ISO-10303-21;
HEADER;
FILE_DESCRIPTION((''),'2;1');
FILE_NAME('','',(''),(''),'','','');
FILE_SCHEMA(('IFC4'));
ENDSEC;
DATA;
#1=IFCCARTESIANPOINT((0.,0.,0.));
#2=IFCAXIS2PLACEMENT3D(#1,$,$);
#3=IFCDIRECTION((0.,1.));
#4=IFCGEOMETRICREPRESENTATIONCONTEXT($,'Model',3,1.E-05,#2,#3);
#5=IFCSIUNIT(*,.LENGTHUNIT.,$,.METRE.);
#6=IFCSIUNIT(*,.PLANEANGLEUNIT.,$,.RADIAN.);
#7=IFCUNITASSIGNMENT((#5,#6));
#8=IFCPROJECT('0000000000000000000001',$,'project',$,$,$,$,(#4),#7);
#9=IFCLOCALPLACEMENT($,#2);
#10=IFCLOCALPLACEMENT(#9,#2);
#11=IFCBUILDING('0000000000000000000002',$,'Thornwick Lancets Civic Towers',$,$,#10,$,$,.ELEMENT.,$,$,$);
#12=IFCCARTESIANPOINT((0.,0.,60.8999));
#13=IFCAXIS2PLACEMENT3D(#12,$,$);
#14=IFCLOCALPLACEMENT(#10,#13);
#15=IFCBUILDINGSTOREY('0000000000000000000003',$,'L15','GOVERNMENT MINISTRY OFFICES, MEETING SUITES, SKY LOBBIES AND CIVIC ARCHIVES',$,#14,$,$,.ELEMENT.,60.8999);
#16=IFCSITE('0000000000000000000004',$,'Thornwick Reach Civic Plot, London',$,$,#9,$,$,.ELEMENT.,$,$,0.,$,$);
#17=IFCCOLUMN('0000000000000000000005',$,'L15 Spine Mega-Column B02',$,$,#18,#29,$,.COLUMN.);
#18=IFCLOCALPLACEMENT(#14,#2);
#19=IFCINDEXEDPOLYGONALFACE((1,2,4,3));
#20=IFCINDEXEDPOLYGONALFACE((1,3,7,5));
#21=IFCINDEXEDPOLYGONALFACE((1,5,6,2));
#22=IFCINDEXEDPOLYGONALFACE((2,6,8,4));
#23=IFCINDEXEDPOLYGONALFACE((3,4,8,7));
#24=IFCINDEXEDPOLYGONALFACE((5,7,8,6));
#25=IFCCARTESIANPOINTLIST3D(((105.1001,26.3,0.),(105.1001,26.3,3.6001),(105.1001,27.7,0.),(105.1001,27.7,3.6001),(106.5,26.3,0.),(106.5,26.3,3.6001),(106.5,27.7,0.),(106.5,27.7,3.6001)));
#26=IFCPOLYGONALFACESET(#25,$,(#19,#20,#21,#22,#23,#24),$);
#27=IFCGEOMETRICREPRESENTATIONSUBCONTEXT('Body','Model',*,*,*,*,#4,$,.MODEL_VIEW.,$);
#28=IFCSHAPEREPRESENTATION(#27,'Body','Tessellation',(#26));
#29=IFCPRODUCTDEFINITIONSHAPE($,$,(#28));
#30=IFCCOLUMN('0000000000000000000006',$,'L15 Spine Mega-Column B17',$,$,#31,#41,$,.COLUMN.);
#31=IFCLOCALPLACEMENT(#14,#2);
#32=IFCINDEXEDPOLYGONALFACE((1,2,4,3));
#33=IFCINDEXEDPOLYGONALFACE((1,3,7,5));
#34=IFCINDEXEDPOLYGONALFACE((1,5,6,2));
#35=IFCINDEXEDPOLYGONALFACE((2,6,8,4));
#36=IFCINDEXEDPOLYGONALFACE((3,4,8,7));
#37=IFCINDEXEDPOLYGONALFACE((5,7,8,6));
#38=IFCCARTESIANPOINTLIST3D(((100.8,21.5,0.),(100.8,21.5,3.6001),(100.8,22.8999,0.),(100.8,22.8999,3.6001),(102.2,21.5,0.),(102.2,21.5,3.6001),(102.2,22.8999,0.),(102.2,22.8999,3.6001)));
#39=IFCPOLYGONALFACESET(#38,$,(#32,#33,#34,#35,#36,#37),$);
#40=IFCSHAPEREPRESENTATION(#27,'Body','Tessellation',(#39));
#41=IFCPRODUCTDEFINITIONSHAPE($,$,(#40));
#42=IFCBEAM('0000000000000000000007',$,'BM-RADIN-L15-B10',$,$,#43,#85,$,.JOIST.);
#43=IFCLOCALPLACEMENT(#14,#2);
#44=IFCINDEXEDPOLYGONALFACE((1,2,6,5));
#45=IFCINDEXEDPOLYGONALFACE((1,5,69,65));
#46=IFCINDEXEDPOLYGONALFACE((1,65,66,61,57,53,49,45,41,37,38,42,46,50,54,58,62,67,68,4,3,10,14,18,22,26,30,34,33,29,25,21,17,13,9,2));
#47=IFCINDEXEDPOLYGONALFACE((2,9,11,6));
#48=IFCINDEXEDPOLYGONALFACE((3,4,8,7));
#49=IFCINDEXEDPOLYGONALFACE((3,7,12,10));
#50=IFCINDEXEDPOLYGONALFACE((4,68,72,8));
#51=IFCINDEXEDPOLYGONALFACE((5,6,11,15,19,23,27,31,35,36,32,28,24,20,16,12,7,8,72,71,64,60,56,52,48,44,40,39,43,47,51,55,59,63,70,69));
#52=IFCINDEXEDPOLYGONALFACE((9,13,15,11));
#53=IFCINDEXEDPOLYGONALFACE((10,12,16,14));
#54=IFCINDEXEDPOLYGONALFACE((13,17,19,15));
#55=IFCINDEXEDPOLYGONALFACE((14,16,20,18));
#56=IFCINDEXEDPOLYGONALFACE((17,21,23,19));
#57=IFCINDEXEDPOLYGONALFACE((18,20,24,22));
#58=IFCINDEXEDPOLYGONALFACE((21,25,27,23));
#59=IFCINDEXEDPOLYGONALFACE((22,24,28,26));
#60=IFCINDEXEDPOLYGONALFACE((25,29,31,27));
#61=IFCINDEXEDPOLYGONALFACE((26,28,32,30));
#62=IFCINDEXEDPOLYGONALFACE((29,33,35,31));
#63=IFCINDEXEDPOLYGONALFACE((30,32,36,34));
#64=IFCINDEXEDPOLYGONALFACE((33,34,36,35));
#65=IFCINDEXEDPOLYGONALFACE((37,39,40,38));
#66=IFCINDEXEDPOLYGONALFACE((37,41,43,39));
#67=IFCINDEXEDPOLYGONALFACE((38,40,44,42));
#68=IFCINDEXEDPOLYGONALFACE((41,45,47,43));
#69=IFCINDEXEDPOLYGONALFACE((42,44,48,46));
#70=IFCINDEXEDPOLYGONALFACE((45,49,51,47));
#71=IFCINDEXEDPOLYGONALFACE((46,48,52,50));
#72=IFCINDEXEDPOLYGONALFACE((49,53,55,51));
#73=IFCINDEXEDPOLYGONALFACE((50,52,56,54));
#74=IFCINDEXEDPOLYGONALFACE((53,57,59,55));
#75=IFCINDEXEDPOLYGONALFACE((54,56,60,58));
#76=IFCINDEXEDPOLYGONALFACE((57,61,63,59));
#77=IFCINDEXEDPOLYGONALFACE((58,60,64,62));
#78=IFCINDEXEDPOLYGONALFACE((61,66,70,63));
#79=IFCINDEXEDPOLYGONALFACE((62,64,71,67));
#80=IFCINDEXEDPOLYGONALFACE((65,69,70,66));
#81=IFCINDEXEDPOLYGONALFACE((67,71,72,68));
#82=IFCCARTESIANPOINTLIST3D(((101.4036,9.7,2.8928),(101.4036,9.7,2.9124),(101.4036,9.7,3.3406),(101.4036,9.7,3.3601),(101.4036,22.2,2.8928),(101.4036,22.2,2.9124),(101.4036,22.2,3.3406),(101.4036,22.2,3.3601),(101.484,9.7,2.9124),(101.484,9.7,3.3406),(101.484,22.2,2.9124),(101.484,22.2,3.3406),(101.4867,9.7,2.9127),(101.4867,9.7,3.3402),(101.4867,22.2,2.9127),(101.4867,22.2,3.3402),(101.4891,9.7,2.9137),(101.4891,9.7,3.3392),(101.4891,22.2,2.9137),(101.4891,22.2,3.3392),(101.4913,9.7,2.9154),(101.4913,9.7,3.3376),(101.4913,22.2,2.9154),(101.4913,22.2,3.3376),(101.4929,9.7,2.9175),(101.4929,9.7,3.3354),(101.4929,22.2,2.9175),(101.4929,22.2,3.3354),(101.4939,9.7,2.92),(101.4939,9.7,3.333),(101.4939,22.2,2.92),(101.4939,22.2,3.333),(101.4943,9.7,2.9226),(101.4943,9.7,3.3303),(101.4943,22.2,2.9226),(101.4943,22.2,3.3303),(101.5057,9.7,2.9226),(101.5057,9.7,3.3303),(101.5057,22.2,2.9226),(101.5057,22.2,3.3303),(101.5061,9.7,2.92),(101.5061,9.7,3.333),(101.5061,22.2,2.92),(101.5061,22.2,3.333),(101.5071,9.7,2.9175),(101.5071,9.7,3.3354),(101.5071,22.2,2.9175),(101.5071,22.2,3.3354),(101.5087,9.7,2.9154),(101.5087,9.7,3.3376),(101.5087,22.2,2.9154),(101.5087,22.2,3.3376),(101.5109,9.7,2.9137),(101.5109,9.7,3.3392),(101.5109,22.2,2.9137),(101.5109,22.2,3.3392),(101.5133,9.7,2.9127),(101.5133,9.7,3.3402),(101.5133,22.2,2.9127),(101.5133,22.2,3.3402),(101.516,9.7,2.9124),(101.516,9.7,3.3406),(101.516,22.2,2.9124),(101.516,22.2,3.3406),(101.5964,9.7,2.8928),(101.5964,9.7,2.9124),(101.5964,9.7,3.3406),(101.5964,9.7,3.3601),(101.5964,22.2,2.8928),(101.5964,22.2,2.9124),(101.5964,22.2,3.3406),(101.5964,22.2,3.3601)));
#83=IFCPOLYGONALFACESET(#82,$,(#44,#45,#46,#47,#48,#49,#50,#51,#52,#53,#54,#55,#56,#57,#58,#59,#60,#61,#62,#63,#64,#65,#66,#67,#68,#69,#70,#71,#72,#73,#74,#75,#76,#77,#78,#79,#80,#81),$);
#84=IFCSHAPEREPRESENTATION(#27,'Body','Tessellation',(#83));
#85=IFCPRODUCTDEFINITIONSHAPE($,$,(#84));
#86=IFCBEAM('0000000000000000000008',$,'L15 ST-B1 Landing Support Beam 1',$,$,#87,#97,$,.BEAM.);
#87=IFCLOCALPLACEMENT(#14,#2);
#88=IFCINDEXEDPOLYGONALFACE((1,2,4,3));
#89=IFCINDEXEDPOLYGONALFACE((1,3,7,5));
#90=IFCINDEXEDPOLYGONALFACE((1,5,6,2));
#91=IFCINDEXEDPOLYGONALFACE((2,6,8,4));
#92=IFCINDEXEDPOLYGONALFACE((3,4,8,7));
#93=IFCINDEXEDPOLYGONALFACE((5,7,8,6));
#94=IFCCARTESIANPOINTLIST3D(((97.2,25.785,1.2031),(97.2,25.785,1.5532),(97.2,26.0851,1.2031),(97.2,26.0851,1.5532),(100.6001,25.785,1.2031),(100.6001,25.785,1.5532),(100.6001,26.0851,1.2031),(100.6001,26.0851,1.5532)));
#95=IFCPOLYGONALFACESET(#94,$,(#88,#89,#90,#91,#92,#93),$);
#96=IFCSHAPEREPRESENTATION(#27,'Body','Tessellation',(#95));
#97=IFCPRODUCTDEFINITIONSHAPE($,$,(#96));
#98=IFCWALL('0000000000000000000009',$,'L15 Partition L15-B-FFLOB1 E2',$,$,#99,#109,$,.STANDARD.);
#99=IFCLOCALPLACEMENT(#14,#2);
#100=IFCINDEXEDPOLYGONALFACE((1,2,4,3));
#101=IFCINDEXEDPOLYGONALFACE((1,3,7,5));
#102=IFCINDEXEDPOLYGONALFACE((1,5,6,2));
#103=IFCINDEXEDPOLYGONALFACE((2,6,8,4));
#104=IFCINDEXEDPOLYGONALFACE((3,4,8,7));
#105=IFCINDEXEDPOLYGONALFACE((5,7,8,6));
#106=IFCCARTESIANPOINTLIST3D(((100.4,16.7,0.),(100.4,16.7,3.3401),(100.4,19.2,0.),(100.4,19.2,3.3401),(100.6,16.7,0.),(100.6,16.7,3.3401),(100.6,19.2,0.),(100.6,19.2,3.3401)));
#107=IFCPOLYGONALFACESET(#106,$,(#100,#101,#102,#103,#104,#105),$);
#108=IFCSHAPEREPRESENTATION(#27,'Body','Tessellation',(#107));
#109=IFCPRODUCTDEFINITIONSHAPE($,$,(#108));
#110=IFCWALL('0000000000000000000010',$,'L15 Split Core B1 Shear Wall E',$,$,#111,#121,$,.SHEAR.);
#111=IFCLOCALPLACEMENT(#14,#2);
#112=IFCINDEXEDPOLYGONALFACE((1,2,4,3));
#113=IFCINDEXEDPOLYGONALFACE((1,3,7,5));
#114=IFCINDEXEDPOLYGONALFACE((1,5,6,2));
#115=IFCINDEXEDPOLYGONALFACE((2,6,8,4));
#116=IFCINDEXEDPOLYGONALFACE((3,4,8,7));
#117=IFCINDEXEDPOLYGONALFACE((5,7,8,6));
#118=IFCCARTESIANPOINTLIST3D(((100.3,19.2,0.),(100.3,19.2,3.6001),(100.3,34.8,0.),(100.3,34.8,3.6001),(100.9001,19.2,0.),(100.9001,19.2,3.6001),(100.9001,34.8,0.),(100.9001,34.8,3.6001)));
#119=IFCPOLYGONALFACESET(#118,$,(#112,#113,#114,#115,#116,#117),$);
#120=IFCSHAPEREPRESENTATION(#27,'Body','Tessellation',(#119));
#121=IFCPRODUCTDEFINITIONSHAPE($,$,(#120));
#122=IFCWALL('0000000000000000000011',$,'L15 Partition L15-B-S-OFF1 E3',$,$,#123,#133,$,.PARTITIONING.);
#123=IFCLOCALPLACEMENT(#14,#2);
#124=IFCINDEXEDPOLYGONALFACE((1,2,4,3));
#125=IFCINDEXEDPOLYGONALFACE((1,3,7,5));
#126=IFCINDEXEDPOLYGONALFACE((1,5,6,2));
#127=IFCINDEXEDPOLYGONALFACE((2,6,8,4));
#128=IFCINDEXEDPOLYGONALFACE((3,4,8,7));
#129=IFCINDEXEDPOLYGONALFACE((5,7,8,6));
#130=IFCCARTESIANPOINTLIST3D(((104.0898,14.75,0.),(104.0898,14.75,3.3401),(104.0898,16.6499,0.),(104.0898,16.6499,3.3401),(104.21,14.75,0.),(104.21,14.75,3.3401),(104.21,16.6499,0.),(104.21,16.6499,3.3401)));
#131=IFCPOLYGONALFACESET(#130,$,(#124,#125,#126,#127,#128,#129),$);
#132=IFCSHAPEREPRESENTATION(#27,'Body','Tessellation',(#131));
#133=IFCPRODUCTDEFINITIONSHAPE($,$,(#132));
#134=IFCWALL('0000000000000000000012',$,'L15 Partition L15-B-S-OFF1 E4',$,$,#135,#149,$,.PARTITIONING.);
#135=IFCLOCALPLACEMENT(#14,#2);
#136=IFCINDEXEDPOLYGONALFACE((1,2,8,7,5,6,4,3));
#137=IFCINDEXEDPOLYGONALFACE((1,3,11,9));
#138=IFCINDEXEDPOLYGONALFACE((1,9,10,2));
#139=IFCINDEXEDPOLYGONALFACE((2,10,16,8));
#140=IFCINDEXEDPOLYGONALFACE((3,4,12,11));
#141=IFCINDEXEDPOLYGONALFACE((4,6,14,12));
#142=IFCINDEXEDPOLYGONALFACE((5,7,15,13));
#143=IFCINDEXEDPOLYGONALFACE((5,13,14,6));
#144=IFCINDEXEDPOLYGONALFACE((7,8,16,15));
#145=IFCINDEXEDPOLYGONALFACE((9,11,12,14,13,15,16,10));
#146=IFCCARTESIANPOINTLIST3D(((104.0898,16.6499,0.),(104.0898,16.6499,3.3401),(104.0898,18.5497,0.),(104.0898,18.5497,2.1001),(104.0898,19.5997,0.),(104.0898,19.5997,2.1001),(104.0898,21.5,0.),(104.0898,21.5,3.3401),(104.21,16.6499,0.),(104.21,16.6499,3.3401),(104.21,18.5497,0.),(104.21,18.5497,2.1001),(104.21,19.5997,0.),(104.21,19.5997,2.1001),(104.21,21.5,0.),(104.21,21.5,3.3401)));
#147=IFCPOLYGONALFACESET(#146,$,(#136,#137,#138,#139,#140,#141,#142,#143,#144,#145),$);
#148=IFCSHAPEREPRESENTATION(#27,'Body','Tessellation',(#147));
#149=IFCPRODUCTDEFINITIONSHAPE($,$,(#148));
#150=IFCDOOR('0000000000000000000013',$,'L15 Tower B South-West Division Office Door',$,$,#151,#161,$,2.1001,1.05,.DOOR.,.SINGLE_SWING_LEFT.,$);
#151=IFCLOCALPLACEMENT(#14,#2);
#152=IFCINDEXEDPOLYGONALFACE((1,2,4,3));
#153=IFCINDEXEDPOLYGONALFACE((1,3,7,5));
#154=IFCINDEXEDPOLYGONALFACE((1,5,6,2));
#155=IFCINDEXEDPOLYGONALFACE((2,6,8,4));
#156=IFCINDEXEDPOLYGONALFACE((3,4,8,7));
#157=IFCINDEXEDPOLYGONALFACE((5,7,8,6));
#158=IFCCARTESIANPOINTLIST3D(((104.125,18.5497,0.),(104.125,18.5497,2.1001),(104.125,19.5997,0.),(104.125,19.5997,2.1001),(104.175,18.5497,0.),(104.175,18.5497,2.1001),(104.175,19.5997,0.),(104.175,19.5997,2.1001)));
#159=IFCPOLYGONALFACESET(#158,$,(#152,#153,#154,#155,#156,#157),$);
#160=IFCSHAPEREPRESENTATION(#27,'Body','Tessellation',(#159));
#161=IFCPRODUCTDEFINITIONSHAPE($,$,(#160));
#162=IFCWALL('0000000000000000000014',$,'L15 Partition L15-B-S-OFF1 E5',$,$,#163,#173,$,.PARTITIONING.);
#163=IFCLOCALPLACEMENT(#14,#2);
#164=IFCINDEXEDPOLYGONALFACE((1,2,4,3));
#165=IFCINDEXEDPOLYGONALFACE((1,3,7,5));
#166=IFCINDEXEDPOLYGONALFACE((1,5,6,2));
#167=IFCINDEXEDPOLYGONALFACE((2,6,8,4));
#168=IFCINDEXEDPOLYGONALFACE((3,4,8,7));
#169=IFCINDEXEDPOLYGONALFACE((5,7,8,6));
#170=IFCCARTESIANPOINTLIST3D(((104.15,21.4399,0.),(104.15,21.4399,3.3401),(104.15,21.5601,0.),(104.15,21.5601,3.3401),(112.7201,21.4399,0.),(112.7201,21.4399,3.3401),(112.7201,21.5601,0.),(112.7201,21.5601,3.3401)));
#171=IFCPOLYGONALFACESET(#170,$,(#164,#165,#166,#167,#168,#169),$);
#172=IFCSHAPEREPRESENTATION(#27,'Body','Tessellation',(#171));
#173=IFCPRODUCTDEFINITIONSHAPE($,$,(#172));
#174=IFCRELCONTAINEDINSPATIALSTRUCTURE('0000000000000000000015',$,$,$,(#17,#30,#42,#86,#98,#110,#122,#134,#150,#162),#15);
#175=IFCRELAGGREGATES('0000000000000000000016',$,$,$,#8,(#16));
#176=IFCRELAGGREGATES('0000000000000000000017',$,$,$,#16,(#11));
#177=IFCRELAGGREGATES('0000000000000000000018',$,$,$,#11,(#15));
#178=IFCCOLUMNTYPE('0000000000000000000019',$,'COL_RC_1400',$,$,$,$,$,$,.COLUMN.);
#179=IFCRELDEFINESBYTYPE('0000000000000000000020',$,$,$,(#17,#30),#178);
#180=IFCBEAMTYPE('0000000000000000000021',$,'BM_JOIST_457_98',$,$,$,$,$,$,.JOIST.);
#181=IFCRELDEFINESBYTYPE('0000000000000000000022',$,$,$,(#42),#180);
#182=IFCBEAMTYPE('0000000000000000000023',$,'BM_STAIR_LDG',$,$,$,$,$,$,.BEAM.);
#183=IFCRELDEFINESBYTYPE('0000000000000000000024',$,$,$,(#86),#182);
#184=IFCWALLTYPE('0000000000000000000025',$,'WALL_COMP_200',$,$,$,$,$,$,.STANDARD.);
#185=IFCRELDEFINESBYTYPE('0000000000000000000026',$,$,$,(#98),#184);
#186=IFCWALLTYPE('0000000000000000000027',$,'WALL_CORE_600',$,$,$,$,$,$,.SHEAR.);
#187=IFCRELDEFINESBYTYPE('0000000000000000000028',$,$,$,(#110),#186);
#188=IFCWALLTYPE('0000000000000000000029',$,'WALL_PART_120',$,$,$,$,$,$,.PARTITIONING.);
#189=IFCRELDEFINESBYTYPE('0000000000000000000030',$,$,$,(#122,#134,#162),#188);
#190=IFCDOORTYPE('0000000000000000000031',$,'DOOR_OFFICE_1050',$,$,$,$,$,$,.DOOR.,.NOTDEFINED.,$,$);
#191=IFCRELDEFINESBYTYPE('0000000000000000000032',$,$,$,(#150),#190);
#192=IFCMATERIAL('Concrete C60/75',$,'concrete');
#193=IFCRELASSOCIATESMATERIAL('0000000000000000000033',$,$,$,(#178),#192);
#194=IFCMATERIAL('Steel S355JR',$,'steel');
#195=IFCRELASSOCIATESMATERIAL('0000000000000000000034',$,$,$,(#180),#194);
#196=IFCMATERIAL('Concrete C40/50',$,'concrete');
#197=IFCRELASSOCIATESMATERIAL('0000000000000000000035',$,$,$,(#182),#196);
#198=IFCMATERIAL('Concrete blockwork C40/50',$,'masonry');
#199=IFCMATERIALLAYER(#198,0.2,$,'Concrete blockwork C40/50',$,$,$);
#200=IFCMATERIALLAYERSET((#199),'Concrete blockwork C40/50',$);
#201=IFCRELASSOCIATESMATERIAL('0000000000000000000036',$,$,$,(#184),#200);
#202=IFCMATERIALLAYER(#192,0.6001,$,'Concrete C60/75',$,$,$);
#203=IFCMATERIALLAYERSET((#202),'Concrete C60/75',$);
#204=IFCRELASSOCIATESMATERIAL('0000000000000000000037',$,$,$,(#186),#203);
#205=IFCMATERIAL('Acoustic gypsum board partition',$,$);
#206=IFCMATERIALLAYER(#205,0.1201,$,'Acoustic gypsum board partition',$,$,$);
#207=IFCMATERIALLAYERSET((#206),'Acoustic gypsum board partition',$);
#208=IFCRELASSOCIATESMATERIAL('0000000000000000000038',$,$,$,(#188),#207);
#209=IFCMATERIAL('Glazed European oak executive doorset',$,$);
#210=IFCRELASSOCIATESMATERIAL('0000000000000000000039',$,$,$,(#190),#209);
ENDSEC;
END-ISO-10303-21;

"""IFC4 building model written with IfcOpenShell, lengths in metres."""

from ifc_helpers import new_model, si_unit, direction, frame, frame_2d, origin, origin_2d, place, context, subcontext, project, spatial, rectangle, i_section, extrude, material, layer, layer_set, material_profile, profile_set, type_object, element, fill, save


model = new_model("IFC4")

# Units and contexts
model_context = context("Model", 3, precision=1e-05, world=origin(), true_north=direction((0.0, 1.0)))
body_context = subcontext(model_context, "Body", "Model", "MODEL_VIEW")
ifc_project = project(units=[si_unit("LENGTHUNIT", "METRE"), si_unit("PLANEANGLEUNIT", "RADIAN")], contexts=[model_context])

# Site, building, storey
site_placement = place(None, origin())
site = spatial("IfcSite", under=ifc_project, at=site_placement, Name="Thornwick Reach Civic Plot, London", CompositionType="ELEMENT", RefElevation=0.0)
building_placement = place(site_placement, origin())
building = spatial("IfcBuilding", under=site, at=building_placement, Name="Thornwick Lancets Civic Towers", CompositionType="ELEMENT")
storey_placement = place(building_placement, frame((0.0, 0.0, 60.8999)))
storey = spatial("IfcBuildingStorey", under=building, at=storey_placement, Name="L15", Description="GOVERNMENT MINISTRY OFFICES, MEETING SUITES, SKY LOBBIES AND CIVIC ARCHIVES", CompositionType="ELEMENT", Elevation=60.8999)

# Columns
ifc_material_1 = material(Name="Concrete C60/75", Category="concrete")
ifc_material_profile_1 = material_profile(ifc_material_1, rectangle(XDim=1.3999, YDim=1.3999, at=origin_2d()), Name="RC 1400x1400")
ifc_profile_set_1 = profile_set([ifc_material_profile_1], Name="Concrete C60/75")
column_type = type_object("IfcColumnType", Name="COL_RC_1400", PredefinedType="COLUMN", material=ifc_profile_set_1)
for number, where, z_axis, x_axis, name in (
    (1, (105.8, 27.0, 0.0), (0.0, 0.0, 1.0), (1.0, 0.0, 0.0), "L15 Spine Mega-Column B02"),
    (2, (101.5, 22.2, 0.0), (0.0, 0.0, 1.0), (1.0, 0.0, 0.0), "L15 Spine Mega-Column B17"),
):
    element("IfcColumn", number, at=place(storey_placement, frame(where, z_axis=z_axis, x_axis=x_axis)), inside=storey, type_object=column_type, Name=name, PredefinedType="COLUMN", context=body_context, shape_type="SweptSolid", body=[
        extrude(rectangle(XDim=1.3999, YDim=1.3999, at=origin_2d()), origin(), (0.0, 0.0, 1.0), 3.6001),
    ])

# Beams
ifc_material_2 = material(Name="Steel S355JR", Category="steel")
ifc_material_profile_2 = material_profile(ifc_material_2, i_section(OverallWidth=0.1929, OverallDepth=0.4673, WebThickness=0.0115, FlangeThickness=0.0195, FilletRadius=0.0103, at=origin_2d()), Name="UKB 457x191x98")
ifc_profile_set_2 = profile_set([ifc_material_profile_2], Name="Steel S355JR")
beam_type_1 = type_object("IfcBeamType", Name="BM_JOIST_457_98", PredefinedType="JOIST", material=ifc_profile_set_2)
beam_1_placement = place(storey_placement, frame((101.5, 22.2, 3.1265), z_axis=(0.0, -1.0, 0.0), x_axis=(1.0, 0.0, 0.0)))
element("IfcBeam", 3, at=beam_1_placement, inside=storey, type_object=beam_type_1, Name="BM-RADIN-L15-B10", PredefinedType="JOIST", context=body_context, shape_type="SweptSolid", body=[
    extrude(i_section(OverallWidth=0.1929, OverallDepth=0.4673, WebThickness=0.0115, FlangeThickness=0.0195, FilletRadius=0.0103, at=origin_2d()), origin(), (0.0, 0.0, 1.0), 12.5),
])
ifc_material_3 = material(Name="Concrete C40/50", Category="concrete")
ifc_material_profile_3 = material_profile(ifc_material_3, rectangle(XDim=0.3, YDim=0.3501, at=origin_2d()), Name="RC 300x350")
ifc_profile_set_3 = profile_set([ifc_material_profile_3], Name="Concrete C40/50")
beam_type_2 = type_object("IfcBeamType", Name="BM_STAIR_LDG", PredefinedType="BEAM", material=ifc_profile_set_3)
beam_2_placement = place(storey_placement, frame((100.6001, 25.9351, 1.3782), z_axis=(-1.0, 0.0, 0.0), x_axis=(0.0, -1.0, 0.0)))
element("IfcBeam", 4, at=beam_2_placement, inside=storey, type_object=beam_type_2, Name="L15 ST-B1 Landing Support Beam 1", PredefinedType="BEAM", context=body_context, shape_type="SweptSolid", body=[
    extrude(rectangle(XDim=0.3, YDim=0.3501, at=origin_2d()), origin(), (0.0, 0.0, 1.0), 3.4001),
])

# Walls
ifc_material_4 = material(Name="Concrete blockwork C40/50", Category="masonry")
ifc_layer_1 = layer(ifc_material_4, 0.2, Name="Concrete blockwork C40/50")
ifc_layer_set_1 = layer_set([ifc_layer_1], Name="Concrete blockwork C40/50")
wall_type_1 = type_object("IfcWallType", Name="WALL_COMP_200", PredefinedType="STANDARD", material=ifc_layer_set_1)
wall_1_placement = place(storey_placement, frame((100.5, 16.7, 0.0), z_axis=(0.0, 0.0, 1.0), x_axis=(0.0, 1.0, 0.0)))
element("IfcWall", 5, at=wall_1_placement, inside=storey, type_object=wall_type_1, Name="L15 Partition L15-B-FFLOB1 E2", PredefinedType="STANDARD", context=body_context, shape_type="SweptSolid", body=[
    extrude(rectangle(XDim=2.5, YDim=0.2, at=frame_2d((1.25, 0.0))), origin(), (0.0, 0.0, 1.0), 3.3401),
])
ifc_layer_2 = layer(ifc_material_1, 0.6001, Name="Concrete C60/75")
ifc_layer_set_2 = layer_set([ifc_layer_2], Name="Concrete C60/75")
wall_type_2 = type_object("IfcWallType", Name="WALL_CORE_600", PredefinedType="SHEAR", material=ifc_layer_set_2)
wall_2_placement = place(storey_placement, frame((100.6001, 19.2, 0.0), z_axis=(0.0, 0.0, 1.0), x_axis=(0.0, 1.0, 0.0)))
element("IfcWall", 6, at=wall_2_placement, inside=storey, type_object=wall_type_2, Name="L15 Split Core B1 Shear Wall E", PredefinedType="SHEAR", context=body_context, shape_type="SweptSolid", body=[
    extrude(rectangle(XDim=15.6001, YDim=0.6001, at=frame_2d((7.8, 0.0))), origin(), (0.0, 0.0, 1.0), 3.6001),
])
ifc_material_5 = material(Name="Acoustic gypsum board partition")
ifc_layer_3 = layer(ifc_material_5, 0.1201, Name="Acoustic gypsum board partition")
ifc_layer_set_3 = layer_set([ifc_layer_3], Name="Acoustic gypsum board partition")
wall_type_3 = type_object("IfcWallType", Name="WALL_PART_120", PredefinedType="PARTITIONING", material=ifc_layer_set_3)
wall_3_placement = place(storey_placement, frame((104.1499, 14.75, 0.0), z_axis=(0.0, 0.0, 1.0), x_axis=(0.0, 1.0, 0.0)))
element("IfcWall", 7, at=wall_3_placement, inside=storey, type_object=wall_type_3, Name="L15 Partition L15-B-S-OFF1 E3", PredefinedType="PARTITIONING", context=body_context, shape_type="SweptSolid", body=[
    extrude(rectangle(XDim=1.8999, YDim=0.1201, at=frame_2d((0.95, 0.0))), origin(), (0.0, 0.0, 1.0), 3.3401),
])

# Wall, opening, door
wall_4_placement = place(storey_placement, frame((104.1499, 16.6499, 0.0), z_axis=(0.0, 0.0, 1.0), x_axis=(0.0, 1.0, 0.0)))
wall_4 = element("IfcWall", 8, at=wall_4_placement, inside=storey, type_object=wall_type_3, Name="L15 Partition L15-B-S-OFF1 E4", PredefinedType="PARTITIONING", context=body_context, shape_type="SweptSolid", body=[
    extrude(rectangle(XDim=4.8501, YDim=0.1201, at=frame_2d((2.425, 0.0))), origin(), (0.0, 0.0, 1.0), 3.3401),
])
opening_1_placement = place(wall_4_placement, frame((1.8999, 0.0, 0.0)))
opening_1 = element("IfcOpeningElement", 9, at=opening_1_placement, cuts=wall_4, PredefinedType="OPENING", context=body_context, shape_type="SweptSolid", body=[
    extrude(rectangle(XDim=1.05, YDim=2.1001, at=frame_2d((0.5249, 1.05))), frame((0.0, 0.0701, 0.0), z_axis=(0.0, -1.0, 0.0), x_axis=(1.0, 0.0, 0.0)), (0.0, 0.0, 1.0), 0.1401),
])
ifc_material_6 = material(Name="Glazed European oak executive doorset")
door_type_1 = type_object("IfcDoorType", Name="DOOR_OFFICE_1050", OperationType="NOTDEFINED", PredefinedType="DOOR", material=ifc_material_6)
door_1_placement = place(opening_1_placement, origin())
door_1 = element("IfcDoor", 10, at=door_1_placement, inside=storey, type_object=door_type_1, Name="L15 Tower B South-West Division Office Door", OperationType="SINGLE_SWING_LEFT", OverallHeight=2.1001, OverallWidth=1.05, PredefinedType="DOOR", context=body_context, shape_type="SweptSolid", body=[
    extrude(rectangle(XDim=1.05, YDim=2.1001, at=frame_2d((0.5249, 1.05))), frame((0.0, 0.0249, 0.0), z_axis=(0.0, -1.0, 0.0), x_axis=(1.0, 0.0, 0.0)), (0.0, 0.0, 1.0), 0.05),
])
fill(opening_1, door_1)

# Wall
wall_5_placement = place(storey_placement, frame((104.1499, 21.5, 0.0), z_axis=(0.0, 0.0, 1.0), x_axis=(1.0, 0.0, 0.0)))
element("IfcWall", 11, at=wall_5_placement, inside=storey, type_object=wall_type_3, Name="L15 Partition L15-B-S-OFF1 E5", PredefinedType="PARTITIONING", context=body_context, shape_type="SweptSolid", body=[
    extrude(rectangle(XDim=8.5701, YDim=0.1201, at=frame_2d((4.2852, 0.0))), origin(), (0.0, 0.0, 1.0), 3.3401),
])

save(model, "model.ifc")
